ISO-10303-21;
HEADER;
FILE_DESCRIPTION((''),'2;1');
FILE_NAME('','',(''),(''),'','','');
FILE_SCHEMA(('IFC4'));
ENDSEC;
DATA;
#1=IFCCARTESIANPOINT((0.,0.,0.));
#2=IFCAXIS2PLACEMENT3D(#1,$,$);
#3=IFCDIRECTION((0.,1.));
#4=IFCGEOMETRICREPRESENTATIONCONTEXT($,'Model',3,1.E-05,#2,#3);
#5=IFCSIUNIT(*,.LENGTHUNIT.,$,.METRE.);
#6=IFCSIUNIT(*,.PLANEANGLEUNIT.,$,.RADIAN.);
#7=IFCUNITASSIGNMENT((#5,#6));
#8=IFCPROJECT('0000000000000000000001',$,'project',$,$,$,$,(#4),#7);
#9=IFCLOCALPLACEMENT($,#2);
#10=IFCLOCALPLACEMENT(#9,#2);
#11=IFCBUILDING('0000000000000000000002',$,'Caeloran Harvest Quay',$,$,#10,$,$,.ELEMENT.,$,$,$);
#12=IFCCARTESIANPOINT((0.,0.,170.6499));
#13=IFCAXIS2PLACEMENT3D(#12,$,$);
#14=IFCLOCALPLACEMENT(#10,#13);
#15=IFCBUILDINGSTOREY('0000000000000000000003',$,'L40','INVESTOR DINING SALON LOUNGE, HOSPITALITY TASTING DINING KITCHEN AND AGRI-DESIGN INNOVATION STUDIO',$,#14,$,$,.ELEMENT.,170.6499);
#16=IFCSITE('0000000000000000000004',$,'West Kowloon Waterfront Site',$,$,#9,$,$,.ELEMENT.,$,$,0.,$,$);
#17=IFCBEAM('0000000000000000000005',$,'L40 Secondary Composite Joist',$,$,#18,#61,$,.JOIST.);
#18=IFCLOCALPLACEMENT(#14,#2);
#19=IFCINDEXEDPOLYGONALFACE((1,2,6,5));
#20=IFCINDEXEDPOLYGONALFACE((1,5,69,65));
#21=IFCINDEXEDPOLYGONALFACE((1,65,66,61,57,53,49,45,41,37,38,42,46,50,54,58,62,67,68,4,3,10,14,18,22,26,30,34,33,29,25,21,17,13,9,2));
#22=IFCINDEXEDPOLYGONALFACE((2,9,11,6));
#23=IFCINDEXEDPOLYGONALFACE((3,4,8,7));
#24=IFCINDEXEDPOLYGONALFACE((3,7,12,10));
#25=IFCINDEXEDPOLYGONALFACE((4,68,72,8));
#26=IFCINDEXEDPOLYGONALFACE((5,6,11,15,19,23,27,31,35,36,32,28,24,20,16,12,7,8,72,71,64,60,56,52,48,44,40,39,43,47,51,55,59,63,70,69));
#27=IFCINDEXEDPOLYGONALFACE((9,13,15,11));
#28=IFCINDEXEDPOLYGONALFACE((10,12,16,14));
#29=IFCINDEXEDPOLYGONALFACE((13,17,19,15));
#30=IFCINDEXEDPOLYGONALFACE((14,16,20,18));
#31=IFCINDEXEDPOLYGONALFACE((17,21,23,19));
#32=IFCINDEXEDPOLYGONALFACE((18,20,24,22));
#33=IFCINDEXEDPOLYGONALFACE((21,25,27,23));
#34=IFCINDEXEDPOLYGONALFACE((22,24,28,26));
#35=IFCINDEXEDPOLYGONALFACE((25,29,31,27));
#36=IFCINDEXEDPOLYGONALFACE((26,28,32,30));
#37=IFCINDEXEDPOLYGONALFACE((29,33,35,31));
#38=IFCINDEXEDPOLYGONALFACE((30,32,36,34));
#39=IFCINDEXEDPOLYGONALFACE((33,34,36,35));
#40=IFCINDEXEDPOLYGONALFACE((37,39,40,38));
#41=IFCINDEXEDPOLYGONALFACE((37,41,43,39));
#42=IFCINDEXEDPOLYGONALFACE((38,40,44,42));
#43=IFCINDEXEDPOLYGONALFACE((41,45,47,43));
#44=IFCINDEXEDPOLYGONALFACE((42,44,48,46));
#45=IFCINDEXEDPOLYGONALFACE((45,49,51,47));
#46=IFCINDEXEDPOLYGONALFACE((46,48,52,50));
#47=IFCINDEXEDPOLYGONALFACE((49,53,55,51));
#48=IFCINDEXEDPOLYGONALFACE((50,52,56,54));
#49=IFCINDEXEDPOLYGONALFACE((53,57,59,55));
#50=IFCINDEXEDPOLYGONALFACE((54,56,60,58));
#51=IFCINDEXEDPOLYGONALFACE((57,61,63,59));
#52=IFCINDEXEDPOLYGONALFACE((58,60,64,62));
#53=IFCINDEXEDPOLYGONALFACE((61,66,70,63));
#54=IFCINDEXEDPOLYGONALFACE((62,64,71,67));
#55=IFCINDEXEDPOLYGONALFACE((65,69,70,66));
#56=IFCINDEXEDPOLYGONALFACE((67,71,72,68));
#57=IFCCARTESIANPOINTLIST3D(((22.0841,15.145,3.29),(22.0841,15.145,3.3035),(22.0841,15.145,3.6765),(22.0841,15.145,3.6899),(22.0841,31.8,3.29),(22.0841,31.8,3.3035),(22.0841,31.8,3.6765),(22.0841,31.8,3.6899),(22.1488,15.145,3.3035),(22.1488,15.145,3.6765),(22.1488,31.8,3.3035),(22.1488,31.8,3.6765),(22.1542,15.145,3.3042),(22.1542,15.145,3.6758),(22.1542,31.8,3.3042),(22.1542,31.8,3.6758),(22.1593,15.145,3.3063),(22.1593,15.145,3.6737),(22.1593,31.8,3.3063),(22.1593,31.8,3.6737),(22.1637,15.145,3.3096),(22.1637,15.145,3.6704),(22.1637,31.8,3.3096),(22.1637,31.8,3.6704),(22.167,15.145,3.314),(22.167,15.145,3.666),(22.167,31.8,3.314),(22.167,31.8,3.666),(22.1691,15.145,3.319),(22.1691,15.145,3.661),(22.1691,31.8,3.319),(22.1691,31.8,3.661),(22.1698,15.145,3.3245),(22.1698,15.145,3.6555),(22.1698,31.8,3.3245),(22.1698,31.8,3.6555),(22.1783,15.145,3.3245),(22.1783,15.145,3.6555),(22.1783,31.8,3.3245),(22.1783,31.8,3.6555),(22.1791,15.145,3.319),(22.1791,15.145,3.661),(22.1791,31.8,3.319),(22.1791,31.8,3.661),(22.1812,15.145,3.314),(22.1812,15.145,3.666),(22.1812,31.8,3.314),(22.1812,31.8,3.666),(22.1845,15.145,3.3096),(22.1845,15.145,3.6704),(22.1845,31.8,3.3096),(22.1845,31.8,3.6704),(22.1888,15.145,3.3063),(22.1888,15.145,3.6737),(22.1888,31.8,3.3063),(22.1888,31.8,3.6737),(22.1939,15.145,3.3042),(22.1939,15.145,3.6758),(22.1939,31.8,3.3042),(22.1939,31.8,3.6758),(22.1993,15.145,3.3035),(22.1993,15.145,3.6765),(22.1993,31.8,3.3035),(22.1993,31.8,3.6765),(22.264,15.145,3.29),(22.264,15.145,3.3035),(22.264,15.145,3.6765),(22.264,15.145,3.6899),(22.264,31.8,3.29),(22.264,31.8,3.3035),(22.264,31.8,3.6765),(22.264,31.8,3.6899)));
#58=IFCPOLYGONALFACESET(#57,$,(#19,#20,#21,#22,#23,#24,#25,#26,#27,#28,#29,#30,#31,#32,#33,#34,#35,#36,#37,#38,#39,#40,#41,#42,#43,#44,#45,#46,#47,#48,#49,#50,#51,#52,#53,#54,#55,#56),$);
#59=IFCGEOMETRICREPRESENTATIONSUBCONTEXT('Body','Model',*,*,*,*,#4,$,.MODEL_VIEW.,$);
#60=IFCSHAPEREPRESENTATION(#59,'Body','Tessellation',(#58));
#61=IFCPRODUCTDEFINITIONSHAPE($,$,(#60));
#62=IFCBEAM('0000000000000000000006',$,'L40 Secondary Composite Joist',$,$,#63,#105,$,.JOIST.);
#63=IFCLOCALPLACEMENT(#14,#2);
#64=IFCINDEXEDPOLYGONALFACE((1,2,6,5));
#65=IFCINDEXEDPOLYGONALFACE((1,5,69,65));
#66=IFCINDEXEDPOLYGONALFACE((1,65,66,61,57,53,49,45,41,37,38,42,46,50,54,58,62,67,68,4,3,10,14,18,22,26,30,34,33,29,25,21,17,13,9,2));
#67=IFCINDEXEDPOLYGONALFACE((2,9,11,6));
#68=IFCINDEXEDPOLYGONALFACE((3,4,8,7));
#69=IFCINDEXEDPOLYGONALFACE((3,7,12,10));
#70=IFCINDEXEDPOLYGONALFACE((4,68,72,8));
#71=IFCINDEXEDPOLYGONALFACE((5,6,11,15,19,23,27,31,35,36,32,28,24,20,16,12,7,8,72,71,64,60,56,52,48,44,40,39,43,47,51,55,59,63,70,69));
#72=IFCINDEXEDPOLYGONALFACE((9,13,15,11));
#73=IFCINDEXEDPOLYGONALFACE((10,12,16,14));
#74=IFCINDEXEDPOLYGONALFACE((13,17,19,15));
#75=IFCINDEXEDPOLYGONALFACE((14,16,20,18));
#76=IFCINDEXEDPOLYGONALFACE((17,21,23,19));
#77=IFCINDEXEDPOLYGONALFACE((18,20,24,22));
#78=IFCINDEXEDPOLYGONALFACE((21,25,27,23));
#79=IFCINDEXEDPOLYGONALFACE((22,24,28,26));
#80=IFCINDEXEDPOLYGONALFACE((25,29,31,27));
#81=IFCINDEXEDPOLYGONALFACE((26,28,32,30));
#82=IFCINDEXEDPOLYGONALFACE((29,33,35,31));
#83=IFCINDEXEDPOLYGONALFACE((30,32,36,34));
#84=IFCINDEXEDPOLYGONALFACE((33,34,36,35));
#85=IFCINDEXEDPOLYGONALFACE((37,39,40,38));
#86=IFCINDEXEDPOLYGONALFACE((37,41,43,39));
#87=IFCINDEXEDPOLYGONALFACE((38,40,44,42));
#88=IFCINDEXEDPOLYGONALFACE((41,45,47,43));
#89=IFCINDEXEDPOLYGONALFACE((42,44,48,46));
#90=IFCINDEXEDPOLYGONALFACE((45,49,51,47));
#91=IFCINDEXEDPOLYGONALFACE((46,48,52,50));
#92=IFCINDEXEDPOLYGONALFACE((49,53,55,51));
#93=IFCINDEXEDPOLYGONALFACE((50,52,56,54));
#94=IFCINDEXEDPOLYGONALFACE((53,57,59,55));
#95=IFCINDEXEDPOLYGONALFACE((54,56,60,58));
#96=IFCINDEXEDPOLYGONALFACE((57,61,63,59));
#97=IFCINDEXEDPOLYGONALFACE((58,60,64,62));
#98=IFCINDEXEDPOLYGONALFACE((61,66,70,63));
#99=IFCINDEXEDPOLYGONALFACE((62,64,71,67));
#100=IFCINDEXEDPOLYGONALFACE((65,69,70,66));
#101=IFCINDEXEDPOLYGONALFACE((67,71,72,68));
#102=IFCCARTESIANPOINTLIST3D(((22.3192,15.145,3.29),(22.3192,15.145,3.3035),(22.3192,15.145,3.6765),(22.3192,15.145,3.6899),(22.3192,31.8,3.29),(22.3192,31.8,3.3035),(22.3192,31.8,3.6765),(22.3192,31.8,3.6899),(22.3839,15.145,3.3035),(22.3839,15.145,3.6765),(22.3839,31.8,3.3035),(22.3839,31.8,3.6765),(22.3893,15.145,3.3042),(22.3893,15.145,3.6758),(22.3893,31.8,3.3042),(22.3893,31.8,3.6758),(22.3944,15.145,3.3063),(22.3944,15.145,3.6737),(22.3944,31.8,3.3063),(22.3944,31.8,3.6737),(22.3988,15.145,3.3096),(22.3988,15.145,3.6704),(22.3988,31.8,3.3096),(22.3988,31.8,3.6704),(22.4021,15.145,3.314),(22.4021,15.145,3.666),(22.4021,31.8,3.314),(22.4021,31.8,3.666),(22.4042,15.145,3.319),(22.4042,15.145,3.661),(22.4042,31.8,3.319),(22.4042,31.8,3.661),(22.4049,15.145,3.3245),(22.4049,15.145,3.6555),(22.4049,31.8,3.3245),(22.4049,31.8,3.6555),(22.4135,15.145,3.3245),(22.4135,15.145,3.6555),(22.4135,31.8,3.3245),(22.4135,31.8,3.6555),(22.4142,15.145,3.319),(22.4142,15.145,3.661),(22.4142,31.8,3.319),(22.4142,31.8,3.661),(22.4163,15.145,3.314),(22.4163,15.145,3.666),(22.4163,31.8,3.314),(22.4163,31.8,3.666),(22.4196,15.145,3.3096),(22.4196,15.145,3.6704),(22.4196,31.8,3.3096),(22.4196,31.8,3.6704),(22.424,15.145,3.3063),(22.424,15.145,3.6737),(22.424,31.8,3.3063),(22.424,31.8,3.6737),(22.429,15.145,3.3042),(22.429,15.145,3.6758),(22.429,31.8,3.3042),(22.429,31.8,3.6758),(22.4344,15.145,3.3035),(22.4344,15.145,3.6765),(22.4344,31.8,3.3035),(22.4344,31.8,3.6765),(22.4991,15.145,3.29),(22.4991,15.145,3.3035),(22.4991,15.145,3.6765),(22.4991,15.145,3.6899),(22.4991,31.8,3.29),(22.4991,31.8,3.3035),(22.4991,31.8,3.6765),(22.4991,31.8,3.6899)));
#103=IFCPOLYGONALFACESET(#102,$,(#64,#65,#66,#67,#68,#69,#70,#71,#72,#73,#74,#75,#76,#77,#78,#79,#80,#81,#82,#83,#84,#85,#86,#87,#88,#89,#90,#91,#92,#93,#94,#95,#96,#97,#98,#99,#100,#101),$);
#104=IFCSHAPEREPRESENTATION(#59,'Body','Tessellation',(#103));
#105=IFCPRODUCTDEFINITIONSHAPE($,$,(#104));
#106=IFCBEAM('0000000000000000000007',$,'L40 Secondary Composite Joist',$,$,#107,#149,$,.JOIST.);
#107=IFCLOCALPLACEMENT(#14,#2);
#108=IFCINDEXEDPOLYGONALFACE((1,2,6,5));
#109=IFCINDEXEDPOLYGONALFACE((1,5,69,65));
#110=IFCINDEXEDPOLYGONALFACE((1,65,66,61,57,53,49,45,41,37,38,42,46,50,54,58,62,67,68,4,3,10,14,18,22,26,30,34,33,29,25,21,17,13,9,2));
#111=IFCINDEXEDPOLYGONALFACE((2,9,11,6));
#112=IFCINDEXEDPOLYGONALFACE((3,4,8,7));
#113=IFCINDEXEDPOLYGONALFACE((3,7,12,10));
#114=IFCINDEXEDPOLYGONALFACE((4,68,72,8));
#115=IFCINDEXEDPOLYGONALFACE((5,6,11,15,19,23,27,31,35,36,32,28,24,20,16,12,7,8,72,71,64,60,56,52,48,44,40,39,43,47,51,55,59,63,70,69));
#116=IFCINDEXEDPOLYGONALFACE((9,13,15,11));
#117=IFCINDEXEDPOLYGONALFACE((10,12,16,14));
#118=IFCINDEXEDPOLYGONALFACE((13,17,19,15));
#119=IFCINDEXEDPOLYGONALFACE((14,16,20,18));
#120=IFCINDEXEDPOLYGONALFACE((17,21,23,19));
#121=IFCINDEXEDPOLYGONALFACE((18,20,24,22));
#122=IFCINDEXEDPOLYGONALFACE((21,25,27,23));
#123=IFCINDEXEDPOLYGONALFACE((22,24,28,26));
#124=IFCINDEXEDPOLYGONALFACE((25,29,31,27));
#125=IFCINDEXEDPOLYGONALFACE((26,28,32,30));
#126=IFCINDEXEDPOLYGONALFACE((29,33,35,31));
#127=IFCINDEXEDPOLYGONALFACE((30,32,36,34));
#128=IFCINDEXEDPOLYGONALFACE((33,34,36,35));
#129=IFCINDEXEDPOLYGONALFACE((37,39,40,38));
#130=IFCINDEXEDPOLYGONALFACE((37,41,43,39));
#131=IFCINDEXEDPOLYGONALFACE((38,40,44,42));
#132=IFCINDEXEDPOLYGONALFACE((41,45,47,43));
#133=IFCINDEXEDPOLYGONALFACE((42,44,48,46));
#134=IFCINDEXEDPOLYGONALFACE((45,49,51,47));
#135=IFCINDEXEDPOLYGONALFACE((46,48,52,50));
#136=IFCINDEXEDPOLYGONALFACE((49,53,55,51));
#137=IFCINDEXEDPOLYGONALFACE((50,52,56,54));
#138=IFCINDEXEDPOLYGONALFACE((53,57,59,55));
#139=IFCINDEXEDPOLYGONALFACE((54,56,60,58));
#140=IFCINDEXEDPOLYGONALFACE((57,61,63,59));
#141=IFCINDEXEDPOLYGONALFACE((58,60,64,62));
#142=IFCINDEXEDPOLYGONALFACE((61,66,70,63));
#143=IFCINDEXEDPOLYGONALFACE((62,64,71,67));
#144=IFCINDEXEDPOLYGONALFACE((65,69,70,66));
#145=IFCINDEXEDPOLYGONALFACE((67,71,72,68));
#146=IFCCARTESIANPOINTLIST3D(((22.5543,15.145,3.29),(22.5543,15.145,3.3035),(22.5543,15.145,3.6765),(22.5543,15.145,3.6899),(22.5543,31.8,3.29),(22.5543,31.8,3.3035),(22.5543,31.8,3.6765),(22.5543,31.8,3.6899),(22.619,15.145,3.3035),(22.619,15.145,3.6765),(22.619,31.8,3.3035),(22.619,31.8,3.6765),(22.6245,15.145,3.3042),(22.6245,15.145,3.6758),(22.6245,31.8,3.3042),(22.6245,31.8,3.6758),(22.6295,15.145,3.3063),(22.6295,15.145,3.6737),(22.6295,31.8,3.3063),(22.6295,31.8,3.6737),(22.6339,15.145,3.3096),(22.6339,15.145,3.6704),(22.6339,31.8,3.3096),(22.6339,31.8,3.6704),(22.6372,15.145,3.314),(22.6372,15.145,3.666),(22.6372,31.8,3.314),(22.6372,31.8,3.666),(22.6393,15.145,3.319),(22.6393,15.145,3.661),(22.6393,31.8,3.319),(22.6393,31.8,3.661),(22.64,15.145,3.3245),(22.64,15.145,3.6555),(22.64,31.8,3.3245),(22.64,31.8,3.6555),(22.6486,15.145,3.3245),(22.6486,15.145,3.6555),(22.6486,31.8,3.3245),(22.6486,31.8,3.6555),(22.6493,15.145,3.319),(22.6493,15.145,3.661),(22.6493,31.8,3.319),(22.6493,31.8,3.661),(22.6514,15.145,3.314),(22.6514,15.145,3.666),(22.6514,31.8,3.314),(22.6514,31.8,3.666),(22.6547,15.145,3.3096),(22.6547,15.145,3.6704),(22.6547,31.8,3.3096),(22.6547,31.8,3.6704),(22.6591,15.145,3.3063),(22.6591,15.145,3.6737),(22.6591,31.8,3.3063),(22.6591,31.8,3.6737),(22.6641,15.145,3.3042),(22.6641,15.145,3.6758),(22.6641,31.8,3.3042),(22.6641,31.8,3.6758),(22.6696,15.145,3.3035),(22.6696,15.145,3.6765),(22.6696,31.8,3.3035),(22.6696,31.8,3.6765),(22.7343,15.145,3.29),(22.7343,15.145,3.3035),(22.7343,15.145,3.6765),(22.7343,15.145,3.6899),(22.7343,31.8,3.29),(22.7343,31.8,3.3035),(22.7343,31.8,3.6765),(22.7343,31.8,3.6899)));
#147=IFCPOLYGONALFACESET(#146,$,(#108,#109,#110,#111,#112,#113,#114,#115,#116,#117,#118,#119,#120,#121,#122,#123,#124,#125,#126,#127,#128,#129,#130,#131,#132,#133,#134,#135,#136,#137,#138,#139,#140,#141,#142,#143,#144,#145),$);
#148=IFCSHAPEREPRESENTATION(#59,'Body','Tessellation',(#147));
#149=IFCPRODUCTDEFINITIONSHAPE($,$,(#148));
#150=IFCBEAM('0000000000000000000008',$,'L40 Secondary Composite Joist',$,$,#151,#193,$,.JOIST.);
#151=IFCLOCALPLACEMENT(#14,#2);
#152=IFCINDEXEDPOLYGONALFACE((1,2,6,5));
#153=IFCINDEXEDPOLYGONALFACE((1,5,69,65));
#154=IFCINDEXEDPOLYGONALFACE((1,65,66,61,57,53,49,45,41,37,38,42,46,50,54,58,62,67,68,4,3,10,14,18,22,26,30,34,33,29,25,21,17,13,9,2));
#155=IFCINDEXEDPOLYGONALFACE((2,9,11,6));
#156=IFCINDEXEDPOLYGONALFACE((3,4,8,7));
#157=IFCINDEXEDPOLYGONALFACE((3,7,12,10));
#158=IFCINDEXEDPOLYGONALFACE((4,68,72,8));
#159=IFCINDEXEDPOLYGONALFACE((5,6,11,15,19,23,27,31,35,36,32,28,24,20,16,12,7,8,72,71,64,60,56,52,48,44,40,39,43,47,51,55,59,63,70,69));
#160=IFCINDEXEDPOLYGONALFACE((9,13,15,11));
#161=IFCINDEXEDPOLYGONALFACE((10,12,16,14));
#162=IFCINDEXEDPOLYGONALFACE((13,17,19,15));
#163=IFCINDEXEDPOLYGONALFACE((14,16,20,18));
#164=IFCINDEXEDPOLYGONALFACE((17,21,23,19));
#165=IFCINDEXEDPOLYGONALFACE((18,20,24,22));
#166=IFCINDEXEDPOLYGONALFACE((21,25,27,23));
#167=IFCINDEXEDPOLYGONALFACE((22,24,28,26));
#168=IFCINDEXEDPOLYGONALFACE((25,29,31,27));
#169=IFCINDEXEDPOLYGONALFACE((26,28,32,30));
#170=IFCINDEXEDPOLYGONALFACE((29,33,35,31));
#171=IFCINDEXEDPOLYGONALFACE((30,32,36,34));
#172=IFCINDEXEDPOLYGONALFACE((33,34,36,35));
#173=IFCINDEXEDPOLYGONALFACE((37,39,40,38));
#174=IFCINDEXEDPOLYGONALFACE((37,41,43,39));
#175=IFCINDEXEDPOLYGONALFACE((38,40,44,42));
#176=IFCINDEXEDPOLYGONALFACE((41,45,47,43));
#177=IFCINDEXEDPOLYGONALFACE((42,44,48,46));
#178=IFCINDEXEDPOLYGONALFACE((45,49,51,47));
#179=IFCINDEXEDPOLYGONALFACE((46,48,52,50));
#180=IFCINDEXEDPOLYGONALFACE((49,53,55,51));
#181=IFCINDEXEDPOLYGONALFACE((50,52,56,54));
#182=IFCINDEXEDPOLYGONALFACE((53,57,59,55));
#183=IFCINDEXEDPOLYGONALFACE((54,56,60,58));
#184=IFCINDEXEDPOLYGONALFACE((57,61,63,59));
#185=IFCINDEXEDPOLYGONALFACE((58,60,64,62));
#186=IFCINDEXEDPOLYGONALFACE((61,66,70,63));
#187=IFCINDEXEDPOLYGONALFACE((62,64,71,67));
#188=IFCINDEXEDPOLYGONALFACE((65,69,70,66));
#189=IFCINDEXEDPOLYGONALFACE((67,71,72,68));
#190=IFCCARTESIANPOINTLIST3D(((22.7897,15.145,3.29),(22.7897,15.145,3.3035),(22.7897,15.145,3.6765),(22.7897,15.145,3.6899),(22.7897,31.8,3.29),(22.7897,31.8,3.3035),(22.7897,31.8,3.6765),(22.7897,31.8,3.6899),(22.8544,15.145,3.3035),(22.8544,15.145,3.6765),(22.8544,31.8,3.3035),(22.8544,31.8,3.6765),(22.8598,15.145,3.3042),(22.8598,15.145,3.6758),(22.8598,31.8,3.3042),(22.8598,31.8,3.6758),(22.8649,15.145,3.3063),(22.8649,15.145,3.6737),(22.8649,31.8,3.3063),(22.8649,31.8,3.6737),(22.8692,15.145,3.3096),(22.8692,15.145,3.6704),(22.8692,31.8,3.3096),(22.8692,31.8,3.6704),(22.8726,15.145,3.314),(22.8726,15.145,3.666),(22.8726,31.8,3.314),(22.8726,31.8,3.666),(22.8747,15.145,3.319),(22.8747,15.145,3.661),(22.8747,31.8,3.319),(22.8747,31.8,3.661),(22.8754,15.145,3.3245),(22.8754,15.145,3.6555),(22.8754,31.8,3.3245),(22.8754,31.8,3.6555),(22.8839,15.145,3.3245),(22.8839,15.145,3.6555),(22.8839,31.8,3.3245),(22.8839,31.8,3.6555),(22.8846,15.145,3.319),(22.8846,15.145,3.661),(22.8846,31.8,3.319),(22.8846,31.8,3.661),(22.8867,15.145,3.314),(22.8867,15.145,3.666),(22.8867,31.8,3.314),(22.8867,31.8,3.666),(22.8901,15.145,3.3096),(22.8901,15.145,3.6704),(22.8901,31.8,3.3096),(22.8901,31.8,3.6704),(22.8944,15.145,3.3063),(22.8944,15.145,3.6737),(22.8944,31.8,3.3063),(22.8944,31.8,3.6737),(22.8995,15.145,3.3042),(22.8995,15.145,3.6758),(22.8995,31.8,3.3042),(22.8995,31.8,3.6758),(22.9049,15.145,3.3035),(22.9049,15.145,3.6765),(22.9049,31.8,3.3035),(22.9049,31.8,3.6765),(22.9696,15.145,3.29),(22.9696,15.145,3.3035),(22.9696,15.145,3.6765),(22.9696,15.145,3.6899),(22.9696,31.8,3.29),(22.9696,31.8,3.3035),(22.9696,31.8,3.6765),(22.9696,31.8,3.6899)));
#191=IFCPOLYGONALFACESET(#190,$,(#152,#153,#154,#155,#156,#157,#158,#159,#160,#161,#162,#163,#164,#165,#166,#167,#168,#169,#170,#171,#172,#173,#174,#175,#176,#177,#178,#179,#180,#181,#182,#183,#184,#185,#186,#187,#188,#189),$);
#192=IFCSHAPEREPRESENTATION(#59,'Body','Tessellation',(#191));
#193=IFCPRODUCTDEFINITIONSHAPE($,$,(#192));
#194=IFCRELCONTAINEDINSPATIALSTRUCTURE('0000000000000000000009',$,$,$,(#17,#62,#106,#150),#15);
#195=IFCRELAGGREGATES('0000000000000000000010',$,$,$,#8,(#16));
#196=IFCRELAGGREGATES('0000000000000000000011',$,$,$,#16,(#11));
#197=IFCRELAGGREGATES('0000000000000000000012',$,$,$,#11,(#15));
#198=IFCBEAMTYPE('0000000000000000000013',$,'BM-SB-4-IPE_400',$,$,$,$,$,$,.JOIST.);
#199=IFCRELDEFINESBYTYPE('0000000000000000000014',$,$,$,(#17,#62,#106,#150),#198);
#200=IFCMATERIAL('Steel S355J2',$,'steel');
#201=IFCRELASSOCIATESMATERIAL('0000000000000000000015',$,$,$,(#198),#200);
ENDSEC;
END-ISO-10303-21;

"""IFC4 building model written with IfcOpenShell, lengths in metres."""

from ifc_helpers import new_model, si_unit, direction, frame, origin, origin_2d, place, context, subcontext, project, spatial, i_section, extrude, material, material_profile, profile_set, type_object, element, save


model = new_model("IFC4")

# Units and contexts
model_context = context("Model", 3, precision=1e-05, world=origin(), true_north=direction((0.0, 1.0)))
body_context = subcontext(model_context, "Body", "Model", "MODEL_VIEW")
ifc_project = project(units=[si_unit("LENGTHUNIT", "METRE"), si_unit("PLANEANGLEUNIT", "RADIAN")], contexts=[model_context])

# Site, building, storey
site_placement = place(None, origin())
site = spatial("IfcSite", under=ifc_project, at=site_placement, Name="West Kowloon Waterfront Site", CompositionType="ELEMENT", RefElevation=0.0)
building_placement = place(site_placement, origin())
building = spatial("IfcBuilding", under=site, at=building_placement, Name="Caeloran Harvest Quay", CompositionType="ELEMENT")
storey_placement = place(building_placement, frame((0.0, 0.0, 170.6499)))
storey = spatial("IfcBuildingStorey", under=building, at=storey_placement, Name="L40", Description="INVESTOR DINING SALON LOUNGE, HOSPITALITY TASTING DINING KITCHEN AND AGRI-DESIGN INNOVATION STUDIO", CompositionType="ELEMENT", Elevation=170.6499)

# Beams
ifc_material_1 = material(Name="Steel S355J2", Category="steel")
ifc_material_profile_1 = material_profile(ifc_material_1, i_section(OverallWidth=0.1799, OverallDepth=0.3999, WebThickness=0.0085, FlangeThickness=0.0134, FilletRadius=0.021, at=origin_2d()), Name="IPE 400")
ifc_profile_set_1 = profile_set([ifc_material_profile_1], Name="Steel S355J2")
beam_type_1 = type_object("IfcBeamType", Name="BM-SB-4-IPE_400", PredefinedType="JOIST", material=ifc_profile_set_1)
for number, where, z_axis, x_axis, name in (
    (1, (22.1741, 15.145, 3.49), (0.0, 1.0, 0.0), (-1.0, 0.0, 0.0), "L40 Secondary Composite Joist"),
    (2, (22.4092, 15.145, 3.49), (0.0, 1.0, 0.0), (-1.0, 0.0, 0.0), "L40 Secondary Composite Joist"),
    (3, (22.6443, 15.145, 3.49), (0.0, 1.0, 0.0), (-1.0, 0.0, 0.0), "L40 Secondary Composite Joist"),
    (4, (22.8796, 15.145, 3.49), (0.0, 1.0, 0.0), (-1.0, 0.0, 0.0), "L40 Secondary Composite Joist"),
):
    element("IfcBeam", number, at=place(storey_placement, frame(where, z_axis=z_axis, x_axis=x_axis)), inside=storey, type_object=beam_type_1, Name=name, PredefinedType="JOIST", context=body_context, shape_type="SweptSolid", body=[
        extrude(i_section(OverallWidth=0.1799, OverallDepth=0.3999, WebThickness=0.0085, FlangeThickness=0.0134, FilletRadius=0.021, at=origin_2d()), origin(), (0.0, 0.0, 1.0), 16.655),
    ])

save(model, "model.ifc")
